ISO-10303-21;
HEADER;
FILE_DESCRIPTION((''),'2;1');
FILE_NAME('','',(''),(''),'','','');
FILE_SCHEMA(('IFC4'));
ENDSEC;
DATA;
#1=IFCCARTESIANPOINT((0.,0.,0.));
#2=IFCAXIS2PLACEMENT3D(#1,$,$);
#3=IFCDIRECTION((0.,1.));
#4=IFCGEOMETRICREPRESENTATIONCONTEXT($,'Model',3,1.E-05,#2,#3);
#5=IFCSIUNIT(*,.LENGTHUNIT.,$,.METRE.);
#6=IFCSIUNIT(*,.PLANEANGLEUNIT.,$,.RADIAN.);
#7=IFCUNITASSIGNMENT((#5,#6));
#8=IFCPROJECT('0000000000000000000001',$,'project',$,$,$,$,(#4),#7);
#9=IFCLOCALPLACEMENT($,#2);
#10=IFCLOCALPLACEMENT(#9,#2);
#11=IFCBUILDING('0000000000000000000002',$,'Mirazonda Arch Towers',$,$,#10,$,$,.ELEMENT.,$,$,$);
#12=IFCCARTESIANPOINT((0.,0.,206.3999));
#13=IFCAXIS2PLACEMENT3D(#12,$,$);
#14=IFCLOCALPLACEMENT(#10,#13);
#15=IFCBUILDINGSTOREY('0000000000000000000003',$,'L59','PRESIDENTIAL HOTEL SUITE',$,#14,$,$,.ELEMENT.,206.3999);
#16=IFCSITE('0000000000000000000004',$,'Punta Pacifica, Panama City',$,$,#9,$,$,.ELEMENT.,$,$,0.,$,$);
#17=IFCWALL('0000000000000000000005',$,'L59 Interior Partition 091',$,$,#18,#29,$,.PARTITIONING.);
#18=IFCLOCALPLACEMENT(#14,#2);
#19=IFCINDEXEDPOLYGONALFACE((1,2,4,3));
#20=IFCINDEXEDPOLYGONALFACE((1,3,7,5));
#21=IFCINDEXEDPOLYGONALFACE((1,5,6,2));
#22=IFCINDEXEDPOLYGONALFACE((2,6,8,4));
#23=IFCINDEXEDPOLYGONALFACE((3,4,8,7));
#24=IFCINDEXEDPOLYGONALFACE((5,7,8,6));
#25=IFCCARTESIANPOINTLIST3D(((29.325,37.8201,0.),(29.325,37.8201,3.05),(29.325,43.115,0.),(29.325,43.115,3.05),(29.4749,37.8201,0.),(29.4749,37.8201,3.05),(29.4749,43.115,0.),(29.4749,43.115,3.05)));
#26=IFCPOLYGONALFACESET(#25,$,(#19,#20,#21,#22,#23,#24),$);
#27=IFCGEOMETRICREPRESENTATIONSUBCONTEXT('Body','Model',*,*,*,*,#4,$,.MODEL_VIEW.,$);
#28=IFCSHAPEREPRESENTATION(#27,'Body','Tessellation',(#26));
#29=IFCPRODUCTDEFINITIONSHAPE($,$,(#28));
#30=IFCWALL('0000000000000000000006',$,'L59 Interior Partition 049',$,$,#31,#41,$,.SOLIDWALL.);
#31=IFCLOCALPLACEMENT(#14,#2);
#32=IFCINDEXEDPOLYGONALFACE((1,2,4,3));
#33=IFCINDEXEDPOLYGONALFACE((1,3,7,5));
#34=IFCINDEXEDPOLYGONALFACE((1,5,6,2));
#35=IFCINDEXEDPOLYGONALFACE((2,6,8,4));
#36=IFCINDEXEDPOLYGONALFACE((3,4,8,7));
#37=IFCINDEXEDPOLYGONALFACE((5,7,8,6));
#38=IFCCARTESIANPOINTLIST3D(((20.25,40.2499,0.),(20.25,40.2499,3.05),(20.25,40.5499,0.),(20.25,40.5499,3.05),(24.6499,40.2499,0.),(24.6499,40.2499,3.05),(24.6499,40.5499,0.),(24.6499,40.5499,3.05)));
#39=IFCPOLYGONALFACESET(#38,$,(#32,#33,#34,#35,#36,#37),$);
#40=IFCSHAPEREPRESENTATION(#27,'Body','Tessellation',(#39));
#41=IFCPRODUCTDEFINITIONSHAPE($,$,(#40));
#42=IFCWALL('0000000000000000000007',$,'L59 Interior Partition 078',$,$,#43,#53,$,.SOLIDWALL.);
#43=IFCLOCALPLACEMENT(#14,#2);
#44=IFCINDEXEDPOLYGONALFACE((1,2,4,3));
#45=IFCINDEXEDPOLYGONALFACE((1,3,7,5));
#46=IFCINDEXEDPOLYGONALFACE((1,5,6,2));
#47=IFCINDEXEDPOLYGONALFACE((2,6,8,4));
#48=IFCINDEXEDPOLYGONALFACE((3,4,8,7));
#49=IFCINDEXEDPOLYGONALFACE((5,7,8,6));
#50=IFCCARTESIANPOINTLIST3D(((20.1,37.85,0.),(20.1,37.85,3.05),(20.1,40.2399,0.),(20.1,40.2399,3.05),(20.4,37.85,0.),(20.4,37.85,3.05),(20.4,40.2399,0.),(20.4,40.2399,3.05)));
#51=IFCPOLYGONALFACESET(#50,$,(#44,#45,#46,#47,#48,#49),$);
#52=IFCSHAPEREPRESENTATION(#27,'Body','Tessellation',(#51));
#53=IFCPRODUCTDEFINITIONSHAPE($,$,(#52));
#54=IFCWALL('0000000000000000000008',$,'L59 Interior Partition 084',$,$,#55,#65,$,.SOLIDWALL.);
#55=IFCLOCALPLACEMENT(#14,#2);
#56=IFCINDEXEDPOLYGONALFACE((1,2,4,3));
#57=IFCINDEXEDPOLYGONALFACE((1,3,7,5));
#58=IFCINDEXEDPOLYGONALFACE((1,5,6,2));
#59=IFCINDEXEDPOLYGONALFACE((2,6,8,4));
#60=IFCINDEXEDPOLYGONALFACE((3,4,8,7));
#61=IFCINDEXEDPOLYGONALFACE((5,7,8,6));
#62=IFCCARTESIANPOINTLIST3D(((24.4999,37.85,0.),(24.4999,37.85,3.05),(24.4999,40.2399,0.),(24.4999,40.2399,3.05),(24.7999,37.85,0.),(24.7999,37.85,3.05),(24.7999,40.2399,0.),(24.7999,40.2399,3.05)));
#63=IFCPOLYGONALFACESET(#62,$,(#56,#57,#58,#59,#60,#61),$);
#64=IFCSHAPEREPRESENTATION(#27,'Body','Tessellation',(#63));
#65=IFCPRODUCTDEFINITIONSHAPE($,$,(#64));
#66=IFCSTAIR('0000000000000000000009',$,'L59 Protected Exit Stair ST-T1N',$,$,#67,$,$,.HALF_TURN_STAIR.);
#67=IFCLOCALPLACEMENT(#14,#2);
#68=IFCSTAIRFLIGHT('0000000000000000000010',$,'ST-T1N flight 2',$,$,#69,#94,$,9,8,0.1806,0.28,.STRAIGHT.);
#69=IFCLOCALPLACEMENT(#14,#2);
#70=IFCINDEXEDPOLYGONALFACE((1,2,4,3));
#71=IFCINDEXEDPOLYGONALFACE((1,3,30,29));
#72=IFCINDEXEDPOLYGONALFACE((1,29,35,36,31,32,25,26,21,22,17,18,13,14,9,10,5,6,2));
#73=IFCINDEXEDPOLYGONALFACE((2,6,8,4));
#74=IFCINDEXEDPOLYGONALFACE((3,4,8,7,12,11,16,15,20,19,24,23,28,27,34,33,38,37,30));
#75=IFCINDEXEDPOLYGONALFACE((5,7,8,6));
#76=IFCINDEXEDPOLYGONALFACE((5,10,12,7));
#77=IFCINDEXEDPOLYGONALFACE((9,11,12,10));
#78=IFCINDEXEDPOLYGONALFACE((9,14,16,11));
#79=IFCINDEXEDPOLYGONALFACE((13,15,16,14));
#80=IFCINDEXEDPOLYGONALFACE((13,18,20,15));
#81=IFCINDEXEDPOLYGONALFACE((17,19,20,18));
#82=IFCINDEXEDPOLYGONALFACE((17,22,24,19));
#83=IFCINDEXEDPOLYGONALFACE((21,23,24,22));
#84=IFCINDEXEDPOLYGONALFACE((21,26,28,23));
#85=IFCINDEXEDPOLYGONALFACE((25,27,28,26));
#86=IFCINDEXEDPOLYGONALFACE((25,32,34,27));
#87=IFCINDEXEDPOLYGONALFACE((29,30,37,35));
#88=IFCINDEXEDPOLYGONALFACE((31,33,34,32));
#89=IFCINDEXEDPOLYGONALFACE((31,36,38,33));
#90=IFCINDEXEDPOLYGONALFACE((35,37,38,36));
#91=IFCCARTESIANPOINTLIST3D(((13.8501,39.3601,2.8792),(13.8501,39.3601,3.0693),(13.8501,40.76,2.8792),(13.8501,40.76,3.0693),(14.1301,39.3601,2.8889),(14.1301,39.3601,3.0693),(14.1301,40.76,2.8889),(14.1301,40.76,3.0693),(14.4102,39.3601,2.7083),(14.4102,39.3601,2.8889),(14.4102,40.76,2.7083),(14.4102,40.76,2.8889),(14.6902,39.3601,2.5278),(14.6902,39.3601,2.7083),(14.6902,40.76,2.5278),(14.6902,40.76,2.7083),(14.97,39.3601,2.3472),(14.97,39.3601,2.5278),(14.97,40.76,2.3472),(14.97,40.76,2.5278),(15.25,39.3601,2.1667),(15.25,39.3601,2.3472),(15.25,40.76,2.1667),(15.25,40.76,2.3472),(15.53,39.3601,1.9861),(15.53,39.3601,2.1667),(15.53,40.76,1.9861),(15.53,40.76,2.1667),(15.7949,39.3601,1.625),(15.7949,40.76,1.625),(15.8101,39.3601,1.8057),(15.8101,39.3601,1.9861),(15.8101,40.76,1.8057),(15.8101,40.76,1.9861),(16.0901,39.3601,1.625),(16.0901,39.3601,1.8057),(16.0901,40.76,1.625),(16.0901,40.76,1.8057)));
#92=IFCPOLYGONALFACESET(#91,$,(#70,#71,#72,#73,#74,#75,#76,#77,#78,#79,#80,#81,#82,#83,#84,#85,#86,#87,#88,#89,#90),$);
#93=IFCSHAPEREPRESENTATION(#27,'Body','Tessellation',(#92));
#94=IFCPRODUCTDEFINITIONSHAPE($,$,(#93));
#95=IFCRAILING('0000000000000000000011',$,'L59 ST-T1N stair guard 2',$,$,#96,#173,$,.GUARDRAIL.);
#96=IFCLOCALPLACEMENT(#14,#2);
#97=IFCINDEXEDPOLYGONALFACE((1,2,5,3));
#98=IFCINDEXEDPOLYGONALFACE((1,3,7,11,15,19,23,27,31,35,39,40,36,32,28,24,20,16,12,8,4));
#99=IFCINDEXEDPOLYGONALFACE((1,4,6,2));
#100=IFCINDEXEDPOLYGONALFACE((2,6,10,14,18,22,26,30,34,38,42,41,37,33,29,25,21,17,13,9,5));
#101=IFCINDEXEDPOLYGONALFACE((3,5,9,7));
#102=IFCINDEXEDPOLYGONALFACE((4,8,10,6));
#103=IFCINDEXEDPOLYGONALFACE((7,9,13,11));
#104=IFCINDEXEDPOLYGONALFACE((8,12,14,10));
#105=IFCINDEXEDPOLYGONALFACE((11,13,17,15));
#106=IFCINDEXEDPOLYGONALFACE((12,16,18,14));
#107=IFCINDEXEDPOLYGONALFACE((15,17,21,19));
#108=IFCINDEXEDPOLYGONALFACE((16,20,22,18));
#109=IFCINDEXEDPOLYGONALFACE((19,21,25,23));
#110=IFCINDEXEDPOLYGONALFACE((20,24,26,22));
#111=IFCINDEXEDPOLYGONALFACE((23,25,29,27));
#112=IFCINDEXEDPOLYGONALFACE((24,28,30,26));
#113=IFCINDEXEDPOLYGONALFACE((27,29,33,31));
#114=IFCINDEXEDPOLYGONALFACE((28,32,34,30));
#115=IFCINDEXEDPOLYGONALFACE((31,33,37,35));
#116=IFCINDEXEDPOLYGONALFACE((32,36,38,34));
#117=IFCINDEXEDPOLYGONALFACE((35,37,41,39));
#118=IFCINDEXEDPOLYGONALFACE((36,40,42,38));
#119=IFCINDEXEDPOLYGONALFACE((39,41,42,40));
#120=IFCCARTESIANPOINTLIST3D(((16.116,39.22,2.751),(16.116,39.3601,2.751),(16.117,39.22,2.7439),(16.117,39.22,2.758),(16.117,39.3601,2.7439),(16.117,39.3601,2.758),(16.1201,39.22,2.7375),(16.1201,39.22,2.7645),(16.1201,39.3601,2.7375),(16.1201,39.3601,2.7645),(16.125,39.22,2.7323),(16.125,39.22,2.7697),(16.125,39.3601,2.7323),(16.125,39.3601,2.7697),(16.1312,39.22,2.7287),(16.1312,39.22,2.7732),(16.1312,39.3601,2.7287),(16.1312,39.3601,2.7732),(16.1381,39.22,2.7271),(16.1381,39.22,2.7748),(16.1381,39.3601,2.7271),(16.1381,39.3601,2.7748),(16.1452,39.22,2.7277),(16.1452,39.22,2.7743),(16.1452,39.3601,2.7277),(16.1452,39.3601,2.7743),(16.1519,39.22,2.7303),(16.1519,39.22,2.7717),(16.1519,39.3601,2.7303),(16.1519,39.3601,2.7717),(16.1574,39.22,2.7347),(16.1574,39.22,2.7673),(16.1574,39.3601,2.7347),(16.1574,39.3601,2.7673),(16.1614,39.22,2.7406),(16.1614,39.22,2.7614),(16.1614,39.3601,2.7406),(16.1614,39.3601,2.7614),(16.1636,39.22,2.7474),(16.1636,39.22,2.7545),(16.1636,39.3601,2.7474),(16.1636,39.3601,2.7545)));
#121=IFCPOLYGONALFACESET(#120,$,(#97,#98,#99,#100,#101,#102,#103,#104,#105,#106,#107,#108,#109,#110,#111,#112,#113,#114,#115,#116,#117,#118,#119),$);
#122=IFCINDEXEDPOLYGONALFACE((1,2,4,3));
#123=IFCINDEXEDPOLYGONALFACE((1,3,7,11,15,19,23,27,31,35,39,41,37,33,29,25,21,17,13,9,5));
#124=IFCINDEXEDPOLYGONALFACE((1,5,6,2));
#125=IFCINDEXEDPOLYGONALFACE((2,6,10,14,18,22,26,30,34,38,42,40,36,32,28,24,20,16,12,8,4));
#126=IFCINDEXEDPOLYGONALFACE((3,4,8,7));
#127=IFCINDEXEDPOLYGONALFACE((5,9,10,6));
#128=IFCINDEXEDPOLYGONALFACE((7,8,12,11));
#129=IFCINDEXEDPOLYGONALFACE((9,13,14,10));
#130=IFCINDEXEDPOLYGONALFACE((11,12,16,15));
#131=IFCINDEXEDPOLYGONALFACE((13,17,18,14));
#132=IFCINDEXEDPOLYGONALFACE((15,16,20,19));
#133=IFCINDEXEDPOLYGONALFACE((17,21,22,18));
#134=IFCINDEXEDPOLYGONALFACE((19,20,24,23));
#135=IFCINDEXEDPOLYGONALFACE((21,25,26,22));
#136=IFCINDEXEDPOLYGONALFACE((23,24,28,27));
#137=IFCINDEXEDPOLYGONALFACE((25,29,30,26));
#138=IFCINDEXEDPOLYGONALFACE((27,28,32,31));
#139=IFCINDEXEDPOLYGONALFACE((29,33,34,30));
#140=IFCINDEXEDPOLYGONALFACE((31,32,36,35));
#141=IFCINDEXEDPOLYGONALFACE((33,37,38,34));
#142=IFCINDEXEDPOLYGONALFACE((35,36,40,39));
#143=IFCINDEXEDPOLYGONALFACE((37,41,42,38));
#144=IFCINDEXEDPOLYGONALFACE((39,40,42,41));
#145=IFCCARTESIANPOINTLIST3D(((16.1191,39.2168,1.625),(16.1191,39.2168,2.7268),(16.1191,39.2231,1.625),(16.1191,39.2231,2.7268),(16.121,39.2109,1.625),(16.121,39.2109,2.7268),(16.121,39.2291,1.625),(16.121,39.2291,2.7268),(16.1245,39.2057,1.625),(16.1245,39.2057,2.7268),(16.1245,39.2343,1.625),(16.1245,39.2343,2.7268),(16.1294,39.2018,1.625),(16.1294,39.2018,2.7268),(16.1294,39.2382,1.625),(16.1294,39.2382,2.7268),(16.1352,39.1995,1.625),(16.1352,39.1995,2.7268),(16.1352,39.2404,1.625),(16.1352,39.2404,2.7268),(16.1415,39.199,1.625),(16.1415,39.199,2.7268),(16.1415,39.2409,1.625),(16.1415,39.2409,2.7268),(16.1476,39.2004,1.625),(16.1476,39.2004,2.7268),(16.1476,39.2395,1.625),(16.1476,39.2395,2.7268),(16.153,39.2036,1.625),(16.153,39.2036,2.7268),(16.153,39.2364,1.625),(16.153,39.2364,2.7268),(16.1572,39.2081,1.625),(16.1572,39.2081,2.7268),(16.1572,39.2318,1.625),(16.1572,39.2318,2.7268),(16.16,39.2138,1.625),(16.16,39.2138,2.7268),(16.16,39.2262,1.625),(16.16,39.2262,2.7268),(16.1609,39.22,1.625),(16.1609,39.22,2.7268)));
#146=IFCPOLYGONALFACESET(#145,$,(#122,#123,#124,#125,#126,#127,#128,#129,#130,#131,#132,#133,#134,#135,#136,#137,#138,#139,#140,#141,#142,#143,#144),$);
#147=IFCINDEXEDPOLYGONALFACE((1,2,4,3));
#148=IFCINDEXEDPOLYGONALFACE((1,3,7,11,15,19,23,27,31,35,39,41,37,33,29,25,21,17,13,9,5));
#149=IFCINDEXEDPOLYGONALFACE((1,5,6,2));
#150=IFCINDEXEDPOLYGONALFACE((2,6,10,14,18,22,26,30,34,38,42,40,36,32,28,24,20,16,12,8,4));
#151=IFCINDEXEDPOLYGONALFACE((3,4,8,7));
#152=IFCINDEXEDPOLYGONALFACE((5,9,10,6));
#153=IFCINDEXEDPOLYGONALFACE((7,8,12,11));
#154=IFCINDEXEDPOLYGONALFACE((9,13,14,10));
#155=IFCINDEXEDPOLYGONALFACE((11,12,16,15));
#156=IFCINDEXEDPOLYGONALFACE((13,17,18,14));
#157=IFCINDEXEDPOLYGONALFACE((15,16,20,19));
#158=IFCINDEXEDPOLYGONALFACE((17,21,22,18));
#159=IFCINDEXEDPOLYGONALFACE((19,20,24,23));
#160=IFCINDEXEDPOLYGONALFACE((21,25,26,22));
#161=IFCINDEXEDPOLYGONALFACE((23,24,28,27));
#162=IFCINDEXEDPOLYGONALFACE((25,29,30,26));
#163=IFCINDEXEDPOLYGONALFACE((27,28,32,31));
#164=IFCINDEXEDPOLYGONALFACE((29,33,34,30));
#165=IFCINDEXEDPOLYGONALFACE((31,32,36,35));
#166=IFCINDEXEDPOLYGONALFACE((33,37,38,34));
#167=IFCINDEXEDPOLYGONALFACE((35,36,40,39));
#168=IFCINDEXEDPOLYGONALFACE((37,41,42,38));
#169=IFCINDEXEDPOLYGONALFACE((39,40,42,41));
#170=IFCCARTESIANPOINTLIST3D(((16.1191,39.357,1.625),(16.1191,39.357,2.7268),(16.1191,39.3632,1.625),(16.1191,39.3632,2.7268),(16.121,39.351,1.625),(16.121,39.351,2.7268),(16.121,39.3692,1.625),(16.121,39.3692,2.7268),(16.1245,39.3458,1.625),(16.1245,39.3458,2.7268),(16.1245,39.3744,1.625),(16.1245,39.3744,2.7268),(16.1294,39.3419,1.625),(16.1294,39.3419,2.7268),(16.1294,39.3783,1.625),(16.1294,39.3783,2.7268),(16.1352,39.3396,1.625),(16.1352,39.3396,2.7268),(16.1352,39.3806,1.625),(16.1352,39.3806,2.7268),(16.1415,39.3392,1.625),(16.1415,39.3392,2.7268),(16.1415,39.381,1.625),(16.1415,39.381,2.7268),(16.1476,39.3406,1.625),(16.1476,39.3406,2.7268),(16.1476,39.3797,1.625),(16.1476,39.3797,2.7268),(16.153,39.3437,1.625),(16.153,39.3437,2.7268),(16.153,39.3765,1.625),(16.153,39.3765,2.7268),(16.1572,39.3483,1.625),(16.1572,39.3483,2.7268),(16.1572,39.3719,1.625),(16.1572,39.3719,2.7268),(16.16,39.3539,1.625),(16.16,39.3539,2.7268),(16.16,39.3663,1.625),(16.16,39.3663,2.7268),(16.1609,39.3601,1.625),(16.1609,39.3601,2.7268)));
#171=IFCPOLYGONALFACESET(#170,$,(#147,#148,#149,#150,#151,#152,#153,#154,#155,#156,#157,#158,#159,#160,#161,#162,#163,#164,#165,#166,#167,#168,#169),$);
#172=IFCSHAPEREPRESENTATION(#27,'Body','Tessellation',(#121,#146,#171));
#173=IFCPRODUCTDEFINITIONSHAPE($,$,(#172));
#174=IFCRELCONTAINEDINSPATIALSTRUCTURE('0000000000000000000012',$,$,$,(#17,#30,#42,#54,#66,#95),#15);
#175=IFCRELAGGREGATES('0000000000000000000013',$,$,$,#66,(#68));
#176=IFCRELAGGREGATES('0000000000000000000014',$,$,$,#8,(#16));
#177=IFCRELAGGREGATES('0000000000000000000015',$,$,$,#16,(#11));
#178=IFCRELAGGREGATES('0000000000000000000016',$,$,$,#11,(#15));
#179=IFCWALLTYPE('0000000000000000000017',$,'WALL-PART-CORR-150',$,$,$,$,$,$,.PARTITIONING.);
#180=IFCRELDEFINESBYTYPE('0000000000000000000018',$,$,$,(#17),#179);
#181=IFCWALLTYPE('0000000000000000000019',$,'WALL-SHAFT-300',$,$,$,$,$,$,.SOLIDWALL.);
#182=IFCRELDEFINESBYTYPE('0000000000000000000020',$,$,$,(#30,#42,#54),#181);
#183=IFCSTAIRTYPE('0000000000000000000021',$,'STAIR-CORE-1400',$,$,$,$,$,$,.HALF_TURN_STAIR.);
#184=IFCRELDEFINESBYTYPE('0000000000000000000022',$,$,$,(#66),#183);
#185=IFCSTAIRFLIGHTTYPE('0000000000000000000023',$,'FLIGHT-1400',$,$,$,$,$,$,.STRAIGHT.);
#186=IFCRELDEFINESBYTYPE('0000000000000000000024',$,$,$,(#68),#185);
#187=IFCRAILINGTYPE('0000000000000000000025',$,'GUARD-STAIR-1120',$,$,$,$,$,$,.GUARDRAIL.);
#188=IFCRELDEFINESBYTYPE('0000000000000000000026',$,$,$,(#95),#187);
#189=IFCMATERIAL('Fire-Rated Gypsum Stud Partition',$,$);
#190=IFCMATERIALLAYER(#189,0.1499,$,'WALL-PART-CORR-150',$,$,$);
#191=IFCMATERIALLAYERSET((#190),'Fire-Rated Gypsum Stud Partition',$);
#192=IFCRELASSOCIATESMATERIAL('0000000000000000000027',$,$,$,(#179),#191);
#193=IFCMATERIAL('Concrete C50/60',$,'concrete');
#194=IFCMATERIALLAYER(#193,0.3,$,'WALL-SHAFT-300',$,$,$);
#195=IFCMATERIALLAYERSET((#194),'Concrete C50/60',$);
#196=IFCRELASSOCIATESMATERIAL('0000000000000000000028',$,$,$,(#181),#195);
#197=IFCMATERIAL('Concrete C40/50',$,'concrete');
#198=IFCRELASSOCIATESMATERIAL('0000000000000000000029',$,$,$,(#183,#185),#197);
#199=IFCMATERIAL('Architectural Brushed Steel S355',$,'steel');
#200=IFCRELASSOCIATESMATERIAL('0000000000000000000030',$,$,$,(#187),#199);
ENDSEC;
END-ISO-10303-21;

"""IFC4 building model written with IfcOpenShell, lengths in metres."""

from ifc_helpers import new_model, si_unit, direction, frame, frame_2d, origin, origin_2d, place, context, subcontext, project, spatial, polyline, rectangle, circle, outline, extrude, material, layer, layer_set, type_object, element, aggregate, save


model = new_model("IFC4")

# Units and contexts
model_context = context("Model", 3, precision=1e-05, world=origin(), true_north=direction((0.0, 1.0)))
body_context = subcontext(model_context, "Body", "Model", "MODEL_VIEW")
ifc_project = project(units=[si_unit("LENGTHUNIT", "METRE"), si_unit("PLANEANGLEUNIT", "RADIAN")], contexts=[model_context])

# Site, building, storey
site_placement = place(None, origin())
site = spatial("IfcSite", under=ifc_project, at=site_placement, Name="Punta Pacifica, Panama City", CompositionType="ELEMENT", RefElevation=0.0)
building_placement = place(site_placement, origin())
building = spatial("IfcBuilding", under=site, at=building_placement, Name="Mirazonda Arch Towers", CompositionType="ELEMENT")
storey_placement = place(building_placement, frame((0.0, 0.0, 206.3999)))
storey = spatial("IfcBuildingStorey", under=building, at=storey_placement, Name="L59", Description="PRESIDENTIAL HOTEL SUITE", CompositionType="ELEMENT", Elevation=206.3999)

# Shared definitions
ifc_material_1 = material(Name="Concrete C50/60", Category="concrete")

# Walls
ifc_material_2 = material(Name="Concrete C40/50", Category="concrete")
ifc_material_3 = material(Name="Fire-Rated Gypsum Stud Partition")
ifc_layer_1 = layer(ifc_material_3, 0.1499, Name="WALL-PART-CORR-150")
ifc_layer_set_1 = layer_set([ifc_layer_1], Name="Fire-Rated Gypsum Stud Partition")
wall_type_1 = type_object("IfcWallType", Name="WALL-PART-CORR-150", PredefinedType="PARTITIONING", material=ifc_layer_set_1)
wall_1_placement = place(storey_placement, frame((29.3999, 37.8201, 0.0), z_axis=(0.0, 0.0, 1.0), x_axis=(0.0, 1.0, 0.0)))
element("IfcWall", 1, at=wall_1_placement, inside=storey, type_object=wall_type_1, Name="L59 Interior Partition 091", PredefinedType="PARTITIONING", context=body_context, shape_type="SweptSolid", body=[
    extrude(rectangle(XDim=5.2949, YDim=0.1499, at=frame_2d((2.6475, 0.0))), origin(), (0.0, 0.0, 1.0), 3.05),
])
ifc_layer_2 = layer(ifc_material_1, 0.3, Name="WALL-SHAFT-300")
ifc_layer_set_2 = layer_set([ifc_layer_2], Name="Concrete C50/60")
wall_type_2 = type_object("IfcWallType", Name="WALL-SHAFT-300", PredefinedType="SOLIDWALL", material=ifc_layer_set_2)
wall_2_placement = place(storey_placement, frame((20.25, 40.3999, 0.0), z_axis=(0.0, 0.0, 1.0), x_axis=(1.0, 0.0, 0.0)))
element("IfcWall", 2, at=wall_2_placement, inside=storey, type_object=wall_type_2, Name="L59 Interior Partition 049", PredefinedType="SOLIDWALL", context=body_context, shape_type="SweptSolid", body=[
    extrude(rectangle(XDim=4.3999, YDim=0.3, at=frame_2d((2.2, 0.0))), origin(), (0.0, 0.0, 1.0), 3.05),
])
for number, where, z_axis, x_axis, name in (
    (3, (20.25, 37.8501, 0.0), (0.0, 0.0, 1.0), (0.0, 1.0, 0.0), "L59 Interior Partition 078"),
    (4, (24.6499, 37.8501, 0.0), (0.0, 0.0, 1.0), (0.0, 1.0, 0.0), "L59 Interior Partition 084"),
):
    element("IfcWall", number, at=place(storey_placement, frame(where, z_axis=z_axis, x_axis=x_axis)), inside=storey, type_object=wall_type_2, Name=name, PredefinedType="SOLIDWALL", context=body_context, shape_type="SweptSolid", body=[
        extrude(rectangle(XDim=2.3899, YDim=0.3, at=frame_2d((1.1948, 0.0))), origin(), (0.0, 0.0, 1.0), 3.05),
    ])

# Stair, stair flight
stair_type = type_object("IfcStairType", Name="STAIR-CORE-1400", PredefinedType="HALF_TURN_STAIR", material=ifc_material_2)
stair_placement = place(storey_placement, origin())
stair = element("IfcStair", 5, at=stair_placement, inside=storey, type_object=stair_type, Name="L59 Protected Exit Stair ST-T1N", PredefinedType="HALF_TURN_STAIR")
stair_flight_type = type_object("IfcStairFlightType", Name="FLIGHT-1400", PredefinedType="STRAIGHT", material=ifc_material_2)
stair_flight_placement = place(storey_placement, frame((16.0901, 40.0601, 1.625), z_axis=(0.0, 0.0, 1.0), x_axis=(-1.0, 0.0, 0.0)))
stair_flight = element("IfcStairFlight", 6, at=stair_flight_placement, type_object=stair_flight_type, Name="ST-T1N flight 2", NumberOfRisers=9, NumberOfTreads=8, PredefinedType="STRAIGHT", RiserHeight=0.1806, TreadLength=0.28, context=body_context, shape_type="SweptSolid", body=[
    extrude(outline(polyline([(0.0, 0.0), (0.0, 0.1807), (0.28, 0.1807), (0.28, 0.3611), (0.5601, 0.3611), (0.5601, 0.5417), (0.8401, 0.5417), (0.8401, 0.7222), (1.1201, 0.7222), (1.1201, 0.9028), (1.3999, 0.9028), (1.3999, 1.0833), (1.6799, 1.0833), (1.6799, 1.2639), (1.96, 1.2639), (1.96, 1.4443), (2.24, 1.4443), (2.24, 1.625), (2.24, 1.2542), (0.2952, 0.0), (0.0, 0.0)])), frame((0.0, 0.7, 0.0), z_axis=(0.0, -1.0, 0.0), x_axis=(1.0, 0.0, 0.0)), (0.0, 0.0, 1.0), 1.3999),
])
aggregate(stair, [stair_flight])

# Railing
ifc_material_4 = material(Name="Architectural Brushed Steel S355", Category="steel")
railing_type_1 = type_object("IfcRailingType", Name="GUARD-STAIR-1120", PredefinedType="GUARDRAIL", material=ifc_material_4)
railing_1_placement = place(storey_placement, frame((16.1399, 39.22, 1.625)))
element("IfcRailing", 7, at=railing_1_placement, inside=storey, type_object=railing_type_1, Name="L59 ST-T1N stair guard 2", PredefinedType="GUARDRAIL", context=body_context, shape_type="SweptSolid", body=[
    extrude(circle(Radius=0.0239, at=origin_2d()), frame((0.0, 0.0, 1.126), z_axis=(0.0, 1.0, 0.0), x_axis=(-1.0, 0.0, 0.0)), (0.0, 0.0, 1.0), 0.1401),
    extrude(circle(Radius=0.021, at=origin_2d()), origin(), (0.0, 0.0, 1.0), 1.1018),
    extrude(circle(Radius=0.021, at=origin_2d()), frame((0.0, 0.1401, 0.0)), (0.0, 0.0, 1.0), 1.1018),
])

save(model, "model.ifc")
